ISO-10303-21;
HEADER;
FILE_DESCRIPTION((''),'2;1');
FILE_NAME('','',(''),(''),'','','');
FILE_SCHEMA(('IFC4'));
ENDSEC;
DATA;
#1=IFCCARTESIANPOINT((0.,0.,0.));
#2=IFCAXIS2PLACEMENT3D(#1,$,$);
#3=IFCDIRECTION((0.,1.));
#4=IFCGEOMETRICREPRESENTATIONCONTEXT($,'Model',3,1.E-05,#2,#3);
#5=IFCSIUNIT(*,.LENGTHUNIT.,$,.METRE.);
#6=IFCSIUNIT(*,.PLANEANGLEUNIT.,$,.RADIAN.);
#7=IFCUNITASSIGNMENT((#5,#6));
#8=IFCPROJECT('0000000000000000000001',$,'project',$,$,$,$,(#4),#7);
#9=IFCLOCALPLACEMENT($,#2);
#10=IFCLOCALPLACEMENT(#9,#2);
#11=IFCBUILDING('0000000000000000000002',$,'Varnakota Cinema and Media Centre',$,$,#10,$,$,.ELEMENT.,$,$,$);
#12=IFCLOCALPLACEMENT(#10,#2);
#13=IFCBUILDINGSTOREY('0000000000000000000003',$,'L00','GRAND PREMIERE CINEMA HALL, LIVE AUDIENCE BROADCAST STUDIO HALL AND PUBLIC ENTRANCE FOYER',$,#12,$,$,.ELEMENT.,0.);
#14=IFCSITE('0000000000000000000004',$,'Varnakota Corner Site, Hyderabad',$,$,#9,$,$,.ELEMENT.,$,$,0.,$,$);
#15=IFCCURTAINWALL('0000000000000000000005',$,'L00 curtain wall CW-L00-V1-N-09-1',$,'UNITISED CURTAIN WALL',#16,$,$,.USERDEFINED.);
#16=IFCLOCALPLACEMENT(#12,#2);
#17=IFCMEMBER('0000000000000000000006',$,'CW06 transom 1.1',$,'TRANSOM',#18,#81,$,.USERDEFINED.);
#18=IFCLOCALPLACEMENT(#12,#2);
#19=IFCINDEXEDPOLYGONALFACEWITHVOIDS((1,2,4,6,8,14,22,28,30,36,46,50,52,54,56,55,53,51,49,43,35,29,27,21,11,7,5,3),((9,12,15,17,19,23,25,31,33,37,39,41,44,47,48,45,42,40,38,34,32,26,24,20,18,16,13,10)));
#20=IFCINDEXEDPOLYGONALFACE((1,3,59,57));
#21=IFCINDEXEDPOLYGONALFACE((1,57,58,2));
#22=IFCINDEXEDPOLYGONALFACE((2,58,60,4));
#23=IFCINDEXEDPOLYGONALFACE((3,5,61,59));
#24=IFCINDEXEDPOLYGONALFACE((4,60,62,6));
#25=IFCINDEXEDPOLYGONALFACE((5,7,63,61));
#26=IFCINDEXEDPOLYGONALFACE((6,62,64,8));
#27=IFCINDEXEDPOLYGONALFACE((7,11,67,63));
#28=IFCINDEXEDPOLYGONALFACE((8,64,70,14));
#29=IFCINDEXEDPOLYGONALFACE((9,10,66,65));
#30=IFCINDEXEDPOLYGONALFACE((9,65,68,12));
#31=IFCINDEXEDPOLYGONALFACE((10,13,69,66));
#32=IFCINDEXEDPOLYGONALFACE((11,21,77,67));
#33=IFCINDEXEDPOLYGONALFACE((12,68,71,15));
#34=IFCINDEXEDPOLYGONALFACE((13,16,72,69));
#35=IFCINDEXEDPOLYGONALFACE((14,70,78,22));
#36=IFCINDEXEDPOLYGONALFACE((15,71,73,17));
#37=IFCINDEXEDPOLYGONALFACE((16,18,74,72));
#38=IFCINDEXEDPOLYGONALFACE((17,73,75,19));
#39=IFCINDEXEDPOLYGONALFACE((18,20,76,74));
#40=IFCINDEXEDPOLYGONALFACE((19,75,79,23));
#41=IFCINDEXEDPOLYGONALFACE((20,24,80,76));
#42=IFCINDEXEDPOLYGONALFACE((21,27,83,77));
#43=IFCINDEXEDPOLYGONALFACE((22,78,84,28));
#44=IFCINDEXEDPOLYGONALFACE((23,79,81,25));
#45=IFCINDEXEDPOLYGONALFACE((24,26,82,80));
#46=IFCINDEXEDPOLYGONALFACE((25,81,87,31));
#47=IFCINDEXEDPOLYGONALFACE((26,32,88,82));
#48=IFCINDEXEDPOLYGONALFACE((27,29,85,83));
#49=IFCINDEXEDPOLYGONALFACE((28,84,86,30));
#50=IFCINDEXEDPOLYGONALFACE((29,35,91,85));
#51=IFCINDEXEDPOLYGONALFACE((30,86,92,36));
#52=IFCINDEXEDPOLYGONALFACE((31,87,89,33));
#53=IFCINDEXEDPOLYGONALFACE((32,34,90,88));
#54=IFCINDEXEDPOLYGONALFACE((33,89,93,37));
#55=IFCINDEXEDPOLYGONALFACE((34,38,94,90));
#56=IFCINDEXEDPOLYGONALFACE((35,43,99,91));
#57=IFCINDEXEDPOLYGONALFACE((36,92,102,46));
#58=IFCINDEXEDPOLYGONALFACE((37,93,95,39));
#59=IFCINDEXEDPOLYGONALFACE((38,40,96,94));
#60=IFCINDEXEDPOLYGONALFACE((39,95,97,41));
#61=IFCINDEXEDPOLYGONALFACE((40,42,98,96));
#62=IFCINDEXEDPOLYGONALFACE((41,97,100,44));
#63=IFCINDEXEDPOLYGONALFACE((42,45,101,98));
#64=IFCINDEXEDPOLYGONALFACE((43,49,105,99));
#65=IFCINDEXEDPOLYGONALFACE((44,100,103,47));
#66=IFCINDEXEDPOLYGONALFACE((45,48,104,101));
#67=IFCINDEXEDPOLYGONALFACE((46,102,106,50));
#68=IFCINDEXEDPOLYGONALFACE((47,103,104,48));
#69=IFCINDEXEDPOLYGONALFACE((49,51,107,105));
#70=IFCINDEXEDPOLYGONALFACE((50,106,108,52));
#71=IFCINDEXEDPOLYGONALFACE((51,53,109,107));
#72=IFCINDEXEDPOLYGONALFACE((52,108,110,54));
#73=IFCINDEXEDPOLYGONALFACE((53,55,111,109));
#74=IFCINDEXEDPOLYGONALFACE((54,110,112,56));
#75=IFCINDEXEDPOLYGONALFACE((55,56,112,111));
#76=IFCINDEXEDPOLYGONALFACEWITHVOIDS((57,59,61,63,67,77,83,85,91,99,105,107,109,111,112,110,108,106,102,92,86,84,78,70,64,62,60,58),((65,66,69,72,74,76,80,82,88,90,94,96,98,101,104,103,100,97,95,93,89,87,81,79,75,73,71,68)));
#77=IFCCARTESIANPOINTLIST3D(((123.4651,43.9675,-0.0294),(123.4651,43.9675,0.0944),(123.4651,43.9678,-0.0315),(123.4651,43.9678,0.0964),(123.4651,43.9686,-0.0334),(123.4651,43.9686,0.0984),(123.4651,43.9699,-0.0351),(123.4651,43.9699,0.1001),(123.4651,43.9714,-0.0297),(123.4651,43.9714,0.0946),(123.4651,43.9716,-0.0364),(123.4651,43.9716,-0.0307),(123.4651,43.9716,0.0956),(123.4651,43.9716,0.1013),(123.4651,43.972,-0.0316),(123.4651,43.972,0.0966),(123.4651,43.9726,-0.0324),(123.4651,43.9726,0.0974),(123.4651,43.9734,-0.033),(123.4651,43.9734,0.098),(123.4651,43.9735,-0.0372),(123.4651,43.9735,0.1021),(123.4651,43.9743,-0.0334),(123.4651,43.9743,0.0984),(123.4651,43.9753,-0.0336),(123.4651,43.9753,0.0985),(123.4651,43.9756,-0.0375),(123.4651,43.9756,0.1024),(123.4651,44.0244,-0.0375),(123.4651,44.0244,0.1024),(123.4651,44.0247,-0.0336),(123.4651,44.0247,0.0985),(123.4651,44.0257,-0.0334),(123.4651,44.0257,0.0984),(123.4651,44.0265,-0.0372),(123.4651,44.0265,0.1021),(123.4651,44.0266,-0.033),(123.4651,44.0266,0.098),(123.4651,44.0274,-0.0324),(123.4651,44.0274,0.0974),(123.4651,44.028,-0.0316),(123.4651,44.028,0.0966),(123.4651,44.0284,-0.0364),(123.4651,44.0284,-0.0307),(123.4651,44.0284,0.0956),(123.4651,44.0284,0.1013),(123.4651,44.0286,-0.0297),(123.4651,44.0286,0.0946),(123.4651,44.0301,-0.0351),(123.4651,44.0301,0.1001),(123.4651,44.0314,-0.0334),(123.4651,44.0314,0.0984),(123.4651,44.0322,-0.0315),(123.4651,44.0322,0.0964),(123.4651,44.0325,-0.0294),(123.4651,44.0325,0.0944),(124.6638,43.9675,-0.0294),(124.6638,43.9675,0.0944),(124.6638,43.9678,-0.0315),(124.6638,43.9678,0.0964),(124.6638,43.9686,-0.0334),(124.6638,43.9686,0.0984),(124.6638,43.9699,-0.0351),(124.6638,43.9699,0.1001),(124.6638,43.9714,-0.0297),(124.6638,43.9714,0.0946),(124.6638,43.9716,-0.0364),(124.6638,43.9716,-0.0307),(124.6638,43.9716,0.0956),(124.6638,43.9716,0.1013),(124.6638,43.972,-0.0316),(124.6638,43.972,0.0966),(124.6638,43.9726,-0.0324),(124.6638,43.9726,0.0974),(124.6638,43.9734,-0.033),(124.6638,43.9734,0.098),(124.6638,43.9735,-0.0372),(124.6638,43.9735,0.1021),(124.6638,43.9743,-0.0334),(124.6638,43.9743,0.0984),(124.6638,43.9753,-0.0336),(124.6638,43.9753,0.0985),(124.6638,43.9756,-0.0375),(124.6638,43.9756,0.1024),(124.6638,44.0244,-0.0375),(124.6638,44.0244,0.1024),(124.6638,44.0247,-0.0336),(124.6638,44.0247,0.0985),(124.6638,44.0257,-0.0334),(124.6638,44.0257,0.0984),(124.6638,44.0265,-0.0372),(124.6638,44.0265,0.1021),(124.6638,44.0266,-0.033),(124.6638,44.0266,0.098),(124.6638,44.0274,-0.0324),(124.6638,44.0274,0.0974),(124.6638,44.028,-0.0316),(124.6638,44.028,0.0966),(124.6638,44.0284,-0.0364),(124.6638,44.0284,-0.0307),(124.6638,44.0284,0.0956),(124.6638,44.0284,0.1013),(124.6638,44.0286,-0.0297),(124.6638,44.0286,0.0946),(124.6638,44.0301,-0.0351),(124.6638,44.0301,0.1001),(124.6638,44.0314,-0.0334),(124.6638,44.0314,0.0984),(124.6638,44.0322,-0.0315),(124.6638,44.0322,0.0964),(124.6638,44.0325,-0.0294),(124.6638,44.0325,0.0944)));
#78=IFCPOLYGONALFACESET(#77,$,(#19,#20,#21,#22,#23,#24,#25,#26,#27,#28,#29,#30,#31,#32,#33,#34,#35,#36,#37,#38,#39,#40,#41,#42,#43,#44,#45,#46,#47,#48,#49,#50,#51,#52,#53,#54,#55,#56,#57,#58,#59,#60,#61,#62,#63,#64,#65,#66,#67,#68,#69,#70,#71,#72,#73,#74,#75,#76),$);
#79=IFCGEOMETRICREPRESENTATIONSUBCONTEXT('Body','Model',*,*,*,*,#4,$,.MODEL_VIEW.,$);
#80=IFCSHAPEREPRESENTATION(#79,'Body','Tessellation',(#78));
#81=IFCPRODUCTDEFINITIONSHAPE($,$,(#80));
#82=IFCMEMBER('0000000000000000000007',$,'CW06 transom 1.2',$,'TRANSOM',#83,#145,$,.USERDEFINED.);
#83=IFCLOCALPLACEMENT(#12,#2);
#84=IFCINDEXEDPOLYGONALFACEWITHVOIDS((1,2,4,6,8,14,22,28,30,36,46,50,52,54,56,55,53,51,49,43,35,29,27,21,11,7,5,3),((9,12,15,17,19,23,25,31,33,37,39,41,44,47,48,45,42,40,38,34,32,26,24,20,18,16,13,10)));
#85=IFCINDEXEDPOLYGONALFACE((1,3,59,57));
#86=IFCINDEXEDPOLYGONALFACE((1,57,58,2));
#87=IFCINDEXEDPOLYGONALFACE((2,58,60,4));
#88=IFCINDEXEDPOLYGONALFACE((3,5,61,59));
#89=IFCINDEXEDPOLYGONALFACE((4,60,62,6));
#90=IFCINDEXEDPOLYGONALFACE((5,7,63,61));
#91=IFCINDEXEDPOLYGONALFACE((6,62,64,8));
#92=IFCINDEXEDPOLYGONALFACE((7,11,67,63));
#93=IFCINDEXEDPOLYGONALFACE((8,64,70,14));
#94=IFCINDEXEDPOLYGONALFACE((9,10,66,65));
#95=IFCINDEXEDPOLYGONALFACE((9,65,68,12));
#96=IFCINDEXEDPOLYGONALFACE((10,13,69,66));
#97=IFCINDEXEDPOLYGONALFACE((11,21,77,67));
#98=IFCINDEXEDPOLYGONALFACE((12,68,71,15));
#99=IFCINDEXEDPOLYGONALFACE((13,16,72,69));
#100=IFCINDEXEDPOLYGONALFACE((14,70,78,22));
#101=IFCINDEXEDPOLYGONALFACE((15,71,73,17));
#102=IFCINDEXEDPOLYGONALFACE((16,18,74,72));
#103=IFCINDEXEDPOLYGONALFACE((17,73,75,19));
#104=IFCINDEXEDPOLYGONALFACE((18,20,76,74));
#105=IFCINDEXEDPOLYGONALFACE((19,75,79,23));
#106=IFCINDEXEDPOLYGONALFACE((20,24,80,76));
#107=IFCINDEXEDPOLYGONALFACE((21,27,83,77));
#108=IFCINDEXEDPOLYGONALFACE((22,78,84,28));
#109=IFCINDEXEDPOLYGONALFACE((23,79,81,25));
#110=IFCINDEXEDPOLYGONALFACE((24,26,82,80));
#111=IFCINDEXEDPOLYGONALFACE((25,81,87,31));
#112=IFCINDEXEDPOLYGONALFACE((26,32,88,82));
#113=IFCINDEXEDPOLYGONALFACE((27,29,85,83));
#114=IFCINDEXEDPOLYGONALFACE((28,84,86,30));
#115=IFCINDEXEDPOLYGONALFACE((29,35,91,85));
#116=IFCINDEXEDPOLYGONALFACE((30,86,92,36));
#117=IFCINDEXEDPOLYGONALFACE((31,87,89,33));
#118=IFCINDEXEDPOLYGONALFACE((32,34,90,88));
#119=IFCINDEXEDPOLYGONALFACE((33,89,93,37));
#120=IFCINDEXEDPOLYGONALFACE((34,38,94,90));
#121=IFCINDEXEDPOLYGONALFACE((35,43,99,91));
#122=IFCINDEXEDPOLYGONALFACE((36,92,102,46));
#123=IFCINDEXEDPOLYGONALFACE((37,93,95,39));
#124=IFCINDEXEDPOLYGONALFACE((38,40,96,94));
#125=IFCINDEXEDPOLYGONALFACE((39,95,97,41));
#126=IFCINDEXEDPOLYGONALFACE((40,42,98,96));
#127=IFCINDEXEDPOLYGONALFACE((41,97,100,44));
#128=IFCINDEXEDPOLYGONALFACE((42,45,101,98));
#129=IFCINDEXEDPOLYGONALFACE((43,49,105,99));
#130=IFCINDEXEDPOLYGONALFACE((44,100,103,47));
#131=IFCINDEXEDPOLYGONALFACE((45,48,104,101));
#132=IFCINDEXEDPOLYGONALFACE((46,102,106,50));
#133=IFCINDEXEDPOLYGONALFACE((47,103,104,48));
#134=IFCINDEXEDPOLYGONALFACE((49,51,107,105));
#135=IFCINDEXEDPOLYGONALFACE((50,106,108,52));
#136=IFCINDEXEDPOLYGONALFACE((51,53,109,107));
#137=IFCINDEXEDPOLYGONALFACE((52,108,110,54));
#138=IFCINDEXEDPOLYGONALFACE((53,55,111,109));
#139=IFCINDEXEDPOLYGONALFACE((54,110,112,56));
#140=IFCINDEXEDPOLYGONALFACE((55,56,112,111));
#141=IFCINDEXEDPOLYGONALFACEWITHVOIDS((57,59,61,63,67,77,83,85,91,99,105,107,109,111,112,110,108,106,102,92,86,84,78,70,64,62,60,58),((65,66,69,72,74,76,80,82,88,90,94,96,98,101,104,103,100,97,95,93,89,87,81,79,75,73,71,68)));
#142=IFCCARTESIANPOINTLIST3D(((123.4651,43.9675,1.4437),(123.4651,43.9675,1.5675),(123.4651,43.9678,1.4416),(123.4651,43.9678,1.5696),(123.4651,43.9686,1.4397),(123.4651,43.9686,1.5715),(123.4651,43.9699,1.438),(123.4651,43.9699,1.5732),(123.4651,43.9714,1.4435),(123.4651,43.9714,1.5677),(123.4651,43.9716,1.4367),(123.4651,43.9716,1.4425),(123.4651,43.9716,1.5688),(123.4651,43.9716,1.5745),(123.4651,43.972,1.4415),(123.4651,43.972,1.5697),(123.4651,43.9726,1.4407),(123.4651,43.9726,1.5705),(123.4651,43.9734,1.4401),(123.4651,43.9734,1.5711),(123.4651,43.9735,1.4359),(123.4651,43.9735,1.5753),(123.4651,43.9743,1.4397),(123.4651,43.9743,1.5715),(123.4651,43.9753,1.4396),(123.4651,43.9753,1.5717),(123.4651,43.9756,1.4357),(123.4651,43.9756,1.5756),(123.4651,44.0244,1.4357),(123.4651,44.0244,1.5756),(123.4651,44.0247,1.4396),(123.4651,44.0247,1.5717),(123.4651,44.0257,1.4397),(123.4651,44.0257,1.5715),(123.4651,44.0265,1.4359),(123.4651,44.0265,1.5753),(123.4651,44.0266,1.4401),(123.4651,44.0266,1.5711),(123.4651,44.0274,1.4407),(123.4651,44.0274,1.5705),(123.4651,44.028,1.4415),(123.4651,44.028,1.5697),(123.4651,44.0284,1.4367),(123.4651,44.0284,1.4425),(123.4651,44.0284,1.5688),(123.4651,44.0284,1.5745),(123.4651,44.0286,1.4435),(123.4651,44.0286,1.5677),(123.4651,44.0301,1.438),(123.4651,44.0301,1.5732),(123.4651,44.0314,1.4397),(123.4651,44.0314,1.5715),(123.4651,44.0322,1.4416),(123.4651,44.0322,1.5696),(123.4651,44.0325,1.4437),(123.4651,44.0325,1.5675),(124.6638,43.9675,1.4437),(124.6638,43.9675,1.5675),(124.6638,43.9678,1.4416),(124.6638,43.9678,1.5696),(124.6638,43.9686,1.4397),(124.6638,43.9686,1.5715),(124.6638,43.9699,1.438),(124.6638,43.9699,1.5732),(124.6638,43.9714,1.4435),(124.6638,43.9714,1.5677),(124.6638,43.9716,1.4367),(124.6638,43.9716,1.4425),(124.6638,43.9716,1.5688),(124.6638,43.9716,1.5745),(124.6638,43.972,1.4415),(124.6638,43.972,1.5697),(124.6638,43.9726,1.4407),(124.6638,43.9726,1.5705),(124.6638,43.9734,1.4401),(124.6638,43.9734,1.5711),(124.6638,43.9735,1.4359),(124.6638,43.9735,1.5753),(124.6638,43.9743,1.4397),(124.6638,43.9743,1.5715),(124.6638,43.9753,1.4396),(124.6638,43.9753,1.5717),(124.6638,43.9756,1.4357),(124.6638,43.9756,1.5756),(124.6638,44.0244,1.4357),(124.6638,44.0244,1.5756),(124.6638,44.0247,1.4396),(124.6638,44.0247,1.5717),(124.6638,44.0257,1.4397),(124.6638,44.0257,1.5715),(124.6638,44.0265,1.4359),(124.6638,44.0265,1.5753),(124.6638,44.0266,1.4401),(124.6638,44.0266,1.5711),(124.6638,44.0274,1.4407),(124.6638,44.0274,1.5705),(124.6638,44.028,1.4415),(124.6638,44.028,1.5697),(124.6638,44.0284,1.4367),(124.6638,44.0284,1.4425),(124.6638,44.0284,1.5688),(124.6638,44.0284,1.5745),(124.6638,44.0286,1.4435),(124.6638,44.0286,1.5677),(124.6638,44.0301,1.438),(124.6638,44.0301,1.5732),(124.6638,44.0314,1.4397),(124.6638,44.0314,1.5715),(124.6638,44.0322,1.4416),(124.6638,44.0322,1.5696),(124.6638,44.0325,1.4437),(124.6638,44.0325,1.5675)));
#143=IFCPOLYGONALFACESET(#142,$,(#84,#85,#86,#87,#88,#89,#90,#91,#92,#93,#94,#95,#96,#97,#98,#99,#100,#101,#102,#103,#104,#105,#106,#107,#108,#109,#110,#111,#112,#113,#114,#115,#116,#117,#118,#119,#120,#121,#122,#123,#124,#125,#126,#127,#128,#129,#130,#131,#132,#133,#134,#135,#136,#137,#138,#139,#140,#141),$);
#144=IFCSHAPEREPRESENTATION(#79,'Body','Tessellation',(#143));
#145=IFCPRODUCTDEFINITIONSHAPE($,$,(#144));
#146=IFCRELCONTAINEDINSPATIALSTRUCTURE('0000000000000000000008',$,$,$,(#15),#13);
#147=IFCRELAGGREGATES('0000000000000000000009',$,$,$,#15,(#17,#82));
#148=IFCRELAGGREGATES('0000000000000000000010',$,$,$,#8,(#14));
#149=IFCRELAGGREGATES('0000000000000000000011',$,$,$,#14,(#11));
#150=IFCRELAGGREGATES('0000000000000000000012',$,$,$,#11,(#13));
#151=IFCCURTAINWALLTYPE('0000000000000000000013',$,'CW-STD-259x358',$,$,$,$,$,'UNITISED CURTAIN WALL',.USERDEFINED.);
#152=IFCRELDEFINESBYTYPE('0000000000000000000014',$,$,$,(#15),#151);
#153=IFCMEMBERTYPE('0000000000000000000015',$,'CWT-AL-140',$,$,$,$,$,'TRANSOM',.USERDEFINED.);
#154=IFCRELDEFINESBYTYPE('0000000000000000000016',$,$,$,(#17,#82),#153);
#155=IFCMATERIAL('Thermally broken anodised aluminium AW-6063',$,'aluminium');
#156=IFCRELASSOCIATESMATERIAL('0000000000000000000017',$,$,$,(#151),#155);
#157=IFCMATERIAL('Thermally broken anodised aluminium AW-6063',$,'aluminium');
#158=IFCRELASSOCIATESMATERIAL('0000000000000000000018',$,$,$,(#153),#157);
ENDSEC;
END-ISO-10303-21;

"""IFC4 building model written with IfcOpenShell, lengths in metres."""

from ifc_helpers import new_model, si_unit, direction, frame, origin, origin_2d, place, context, subcontext, project, spatial, hollow_rectangle, extrude, material, material_profile, profile_set, type_object, element, aggregate, save


model = new_model("IFC4")

# Units and contexts
model_context = context("Model", 3, precision=1e-05, world=origin(), true_north=direction((0.0, 1.0)))
body_context = subcontext(model_context, "Body", "Model", "MODEL_VIEW")
ifc_project = project(units=[si_unit("LENGTHUNIT", "METRE"), si_unit("PLANEANGLEUNIT", "RADIAN")], contexts=[model_context])

# Site, building, storey
site_placement = place(None, origin())
site = spatial("IfcSite", under=ifc_project, at=site_placement, Name="Varnakota Corner Site, Hyderabad", CompositionType="ELEMENT", RefElevation=0.0)
building_placement = place(site_placement, origin())
building = spatial("IfcBuilding", under=site, at=building_placement, Name="Varnakota Cinema and Media Centre", CompositionType="ELEMENT")
storey_placement = place(building_placement, origin())
storey = spatial("IfcBuildingStorey", under=building, at=storey_placement, Name="L00", Description="GRAND PREMIERE CINEMA HALL, LIVE AUDIENCE BROADCAST STUDIO HALL AND PUBLIC ENTRANCE FOYER", CompositionType="ELEMENT", Elevation=0.0)

# Curtain wall
ifc_material_1 = material(Name="Thermally broken anodised aluminium AW-6063", Category="aluminium")
curtain_wall_type = type_object("IfcCurtainWallType", Name="CW-STD-259x358", ElementType="UNITISED CURTAIN WALL", PredefinedType="USERDEFINED", material=ifc_material_1)
curtain_wall_1_placement = place(storey_placement, origin())
curtain_wall_1 = element("IfcCurtainWall", 1, at=curtain_wall_1_placement, inside=storey, type_object=curtain_wall_type, Name="L00 curtain wall CW-L00-V1-N-09-1", ObjectType="UNITISED CURTAIN WALL", PredefinedType="USERDEFINED")

# Members
ifc_material_2 = material(Name="Thermally broken anodised aluminium AW-6063", Category="aluminium")
ifc_material_profile_1 = material_profile(ifc_material_2, hollow_rectangle(XDim=0.0649, YDim=0.1399, WallThickness=0.0039, InnerFilletRadius=0.0039, OuterFilletRadius=0.0081, at=origin_2d()), Name="AL-TRANSOM 140x65x4")
ifc_profile_set_1 = profile_set([ifc_material_profile_1], Name="Thermally broken anodised aluminium AW-6063")
member_type_1 = type_object("IfcMemberType", Name="CWT-AL-140", ElementType="TRANSOM", PredefinedType="USERDEFINED", material=ifc_profile_set_1)
member_1_placement = place(storey_placement, frame((123.4651, 44.0, 0.0325), z_axis=(1.0, 0.0, 0.0), x_axis=(0.0, 1.0, 0.0)))
member_1 = element("IfcMember", 2, at=member_1_placement, type_object=member_type_1, Name="CW06 transom 1.1", ObjectType="TRANSOM", PredefinedType="USERDEFINED", context=body_context, shape_type="SweptSolid", body=[
    extrude(hollow_rectangle(XDim=0.0649, YDim=0.1399, WallThickness=0.0039, InnerFilletRadius=0.0039, OuterFilletRadius=0.0081, at=origin_2d()), origin(), (0.0, 0.0, 1.0), 1.1987),
])
member_2_placement = place(storey_placement, frame((123.4651, 44.0, 1.5056), z_axis=(1.0, 0.0, 0.0), x_axis=(0.0, 1.0, 0.0)))
member_2 = element("IfcMember", 3, at=member_2_placement, type_object=member_type_1, Name="CW06 transom 1.2", ObjectType="TRANSOM", PredefinedType="USERDEFINED", context=body_context, shape_type="SweptSolid", body=[
    extrude(hollow_rectangle(XDim=0.0649, YDim=0.1399, WallThickness=0.0039, InnerFilletRadius=0.0039, OuterFilletRadius=0.0081, at=origin_2d()), origin(), (0.0, 0.0, 1.0), 1.1987),
])

aggregate(curtain_wall_1, [member_1, member_2])

save(model, "model.ifc")
